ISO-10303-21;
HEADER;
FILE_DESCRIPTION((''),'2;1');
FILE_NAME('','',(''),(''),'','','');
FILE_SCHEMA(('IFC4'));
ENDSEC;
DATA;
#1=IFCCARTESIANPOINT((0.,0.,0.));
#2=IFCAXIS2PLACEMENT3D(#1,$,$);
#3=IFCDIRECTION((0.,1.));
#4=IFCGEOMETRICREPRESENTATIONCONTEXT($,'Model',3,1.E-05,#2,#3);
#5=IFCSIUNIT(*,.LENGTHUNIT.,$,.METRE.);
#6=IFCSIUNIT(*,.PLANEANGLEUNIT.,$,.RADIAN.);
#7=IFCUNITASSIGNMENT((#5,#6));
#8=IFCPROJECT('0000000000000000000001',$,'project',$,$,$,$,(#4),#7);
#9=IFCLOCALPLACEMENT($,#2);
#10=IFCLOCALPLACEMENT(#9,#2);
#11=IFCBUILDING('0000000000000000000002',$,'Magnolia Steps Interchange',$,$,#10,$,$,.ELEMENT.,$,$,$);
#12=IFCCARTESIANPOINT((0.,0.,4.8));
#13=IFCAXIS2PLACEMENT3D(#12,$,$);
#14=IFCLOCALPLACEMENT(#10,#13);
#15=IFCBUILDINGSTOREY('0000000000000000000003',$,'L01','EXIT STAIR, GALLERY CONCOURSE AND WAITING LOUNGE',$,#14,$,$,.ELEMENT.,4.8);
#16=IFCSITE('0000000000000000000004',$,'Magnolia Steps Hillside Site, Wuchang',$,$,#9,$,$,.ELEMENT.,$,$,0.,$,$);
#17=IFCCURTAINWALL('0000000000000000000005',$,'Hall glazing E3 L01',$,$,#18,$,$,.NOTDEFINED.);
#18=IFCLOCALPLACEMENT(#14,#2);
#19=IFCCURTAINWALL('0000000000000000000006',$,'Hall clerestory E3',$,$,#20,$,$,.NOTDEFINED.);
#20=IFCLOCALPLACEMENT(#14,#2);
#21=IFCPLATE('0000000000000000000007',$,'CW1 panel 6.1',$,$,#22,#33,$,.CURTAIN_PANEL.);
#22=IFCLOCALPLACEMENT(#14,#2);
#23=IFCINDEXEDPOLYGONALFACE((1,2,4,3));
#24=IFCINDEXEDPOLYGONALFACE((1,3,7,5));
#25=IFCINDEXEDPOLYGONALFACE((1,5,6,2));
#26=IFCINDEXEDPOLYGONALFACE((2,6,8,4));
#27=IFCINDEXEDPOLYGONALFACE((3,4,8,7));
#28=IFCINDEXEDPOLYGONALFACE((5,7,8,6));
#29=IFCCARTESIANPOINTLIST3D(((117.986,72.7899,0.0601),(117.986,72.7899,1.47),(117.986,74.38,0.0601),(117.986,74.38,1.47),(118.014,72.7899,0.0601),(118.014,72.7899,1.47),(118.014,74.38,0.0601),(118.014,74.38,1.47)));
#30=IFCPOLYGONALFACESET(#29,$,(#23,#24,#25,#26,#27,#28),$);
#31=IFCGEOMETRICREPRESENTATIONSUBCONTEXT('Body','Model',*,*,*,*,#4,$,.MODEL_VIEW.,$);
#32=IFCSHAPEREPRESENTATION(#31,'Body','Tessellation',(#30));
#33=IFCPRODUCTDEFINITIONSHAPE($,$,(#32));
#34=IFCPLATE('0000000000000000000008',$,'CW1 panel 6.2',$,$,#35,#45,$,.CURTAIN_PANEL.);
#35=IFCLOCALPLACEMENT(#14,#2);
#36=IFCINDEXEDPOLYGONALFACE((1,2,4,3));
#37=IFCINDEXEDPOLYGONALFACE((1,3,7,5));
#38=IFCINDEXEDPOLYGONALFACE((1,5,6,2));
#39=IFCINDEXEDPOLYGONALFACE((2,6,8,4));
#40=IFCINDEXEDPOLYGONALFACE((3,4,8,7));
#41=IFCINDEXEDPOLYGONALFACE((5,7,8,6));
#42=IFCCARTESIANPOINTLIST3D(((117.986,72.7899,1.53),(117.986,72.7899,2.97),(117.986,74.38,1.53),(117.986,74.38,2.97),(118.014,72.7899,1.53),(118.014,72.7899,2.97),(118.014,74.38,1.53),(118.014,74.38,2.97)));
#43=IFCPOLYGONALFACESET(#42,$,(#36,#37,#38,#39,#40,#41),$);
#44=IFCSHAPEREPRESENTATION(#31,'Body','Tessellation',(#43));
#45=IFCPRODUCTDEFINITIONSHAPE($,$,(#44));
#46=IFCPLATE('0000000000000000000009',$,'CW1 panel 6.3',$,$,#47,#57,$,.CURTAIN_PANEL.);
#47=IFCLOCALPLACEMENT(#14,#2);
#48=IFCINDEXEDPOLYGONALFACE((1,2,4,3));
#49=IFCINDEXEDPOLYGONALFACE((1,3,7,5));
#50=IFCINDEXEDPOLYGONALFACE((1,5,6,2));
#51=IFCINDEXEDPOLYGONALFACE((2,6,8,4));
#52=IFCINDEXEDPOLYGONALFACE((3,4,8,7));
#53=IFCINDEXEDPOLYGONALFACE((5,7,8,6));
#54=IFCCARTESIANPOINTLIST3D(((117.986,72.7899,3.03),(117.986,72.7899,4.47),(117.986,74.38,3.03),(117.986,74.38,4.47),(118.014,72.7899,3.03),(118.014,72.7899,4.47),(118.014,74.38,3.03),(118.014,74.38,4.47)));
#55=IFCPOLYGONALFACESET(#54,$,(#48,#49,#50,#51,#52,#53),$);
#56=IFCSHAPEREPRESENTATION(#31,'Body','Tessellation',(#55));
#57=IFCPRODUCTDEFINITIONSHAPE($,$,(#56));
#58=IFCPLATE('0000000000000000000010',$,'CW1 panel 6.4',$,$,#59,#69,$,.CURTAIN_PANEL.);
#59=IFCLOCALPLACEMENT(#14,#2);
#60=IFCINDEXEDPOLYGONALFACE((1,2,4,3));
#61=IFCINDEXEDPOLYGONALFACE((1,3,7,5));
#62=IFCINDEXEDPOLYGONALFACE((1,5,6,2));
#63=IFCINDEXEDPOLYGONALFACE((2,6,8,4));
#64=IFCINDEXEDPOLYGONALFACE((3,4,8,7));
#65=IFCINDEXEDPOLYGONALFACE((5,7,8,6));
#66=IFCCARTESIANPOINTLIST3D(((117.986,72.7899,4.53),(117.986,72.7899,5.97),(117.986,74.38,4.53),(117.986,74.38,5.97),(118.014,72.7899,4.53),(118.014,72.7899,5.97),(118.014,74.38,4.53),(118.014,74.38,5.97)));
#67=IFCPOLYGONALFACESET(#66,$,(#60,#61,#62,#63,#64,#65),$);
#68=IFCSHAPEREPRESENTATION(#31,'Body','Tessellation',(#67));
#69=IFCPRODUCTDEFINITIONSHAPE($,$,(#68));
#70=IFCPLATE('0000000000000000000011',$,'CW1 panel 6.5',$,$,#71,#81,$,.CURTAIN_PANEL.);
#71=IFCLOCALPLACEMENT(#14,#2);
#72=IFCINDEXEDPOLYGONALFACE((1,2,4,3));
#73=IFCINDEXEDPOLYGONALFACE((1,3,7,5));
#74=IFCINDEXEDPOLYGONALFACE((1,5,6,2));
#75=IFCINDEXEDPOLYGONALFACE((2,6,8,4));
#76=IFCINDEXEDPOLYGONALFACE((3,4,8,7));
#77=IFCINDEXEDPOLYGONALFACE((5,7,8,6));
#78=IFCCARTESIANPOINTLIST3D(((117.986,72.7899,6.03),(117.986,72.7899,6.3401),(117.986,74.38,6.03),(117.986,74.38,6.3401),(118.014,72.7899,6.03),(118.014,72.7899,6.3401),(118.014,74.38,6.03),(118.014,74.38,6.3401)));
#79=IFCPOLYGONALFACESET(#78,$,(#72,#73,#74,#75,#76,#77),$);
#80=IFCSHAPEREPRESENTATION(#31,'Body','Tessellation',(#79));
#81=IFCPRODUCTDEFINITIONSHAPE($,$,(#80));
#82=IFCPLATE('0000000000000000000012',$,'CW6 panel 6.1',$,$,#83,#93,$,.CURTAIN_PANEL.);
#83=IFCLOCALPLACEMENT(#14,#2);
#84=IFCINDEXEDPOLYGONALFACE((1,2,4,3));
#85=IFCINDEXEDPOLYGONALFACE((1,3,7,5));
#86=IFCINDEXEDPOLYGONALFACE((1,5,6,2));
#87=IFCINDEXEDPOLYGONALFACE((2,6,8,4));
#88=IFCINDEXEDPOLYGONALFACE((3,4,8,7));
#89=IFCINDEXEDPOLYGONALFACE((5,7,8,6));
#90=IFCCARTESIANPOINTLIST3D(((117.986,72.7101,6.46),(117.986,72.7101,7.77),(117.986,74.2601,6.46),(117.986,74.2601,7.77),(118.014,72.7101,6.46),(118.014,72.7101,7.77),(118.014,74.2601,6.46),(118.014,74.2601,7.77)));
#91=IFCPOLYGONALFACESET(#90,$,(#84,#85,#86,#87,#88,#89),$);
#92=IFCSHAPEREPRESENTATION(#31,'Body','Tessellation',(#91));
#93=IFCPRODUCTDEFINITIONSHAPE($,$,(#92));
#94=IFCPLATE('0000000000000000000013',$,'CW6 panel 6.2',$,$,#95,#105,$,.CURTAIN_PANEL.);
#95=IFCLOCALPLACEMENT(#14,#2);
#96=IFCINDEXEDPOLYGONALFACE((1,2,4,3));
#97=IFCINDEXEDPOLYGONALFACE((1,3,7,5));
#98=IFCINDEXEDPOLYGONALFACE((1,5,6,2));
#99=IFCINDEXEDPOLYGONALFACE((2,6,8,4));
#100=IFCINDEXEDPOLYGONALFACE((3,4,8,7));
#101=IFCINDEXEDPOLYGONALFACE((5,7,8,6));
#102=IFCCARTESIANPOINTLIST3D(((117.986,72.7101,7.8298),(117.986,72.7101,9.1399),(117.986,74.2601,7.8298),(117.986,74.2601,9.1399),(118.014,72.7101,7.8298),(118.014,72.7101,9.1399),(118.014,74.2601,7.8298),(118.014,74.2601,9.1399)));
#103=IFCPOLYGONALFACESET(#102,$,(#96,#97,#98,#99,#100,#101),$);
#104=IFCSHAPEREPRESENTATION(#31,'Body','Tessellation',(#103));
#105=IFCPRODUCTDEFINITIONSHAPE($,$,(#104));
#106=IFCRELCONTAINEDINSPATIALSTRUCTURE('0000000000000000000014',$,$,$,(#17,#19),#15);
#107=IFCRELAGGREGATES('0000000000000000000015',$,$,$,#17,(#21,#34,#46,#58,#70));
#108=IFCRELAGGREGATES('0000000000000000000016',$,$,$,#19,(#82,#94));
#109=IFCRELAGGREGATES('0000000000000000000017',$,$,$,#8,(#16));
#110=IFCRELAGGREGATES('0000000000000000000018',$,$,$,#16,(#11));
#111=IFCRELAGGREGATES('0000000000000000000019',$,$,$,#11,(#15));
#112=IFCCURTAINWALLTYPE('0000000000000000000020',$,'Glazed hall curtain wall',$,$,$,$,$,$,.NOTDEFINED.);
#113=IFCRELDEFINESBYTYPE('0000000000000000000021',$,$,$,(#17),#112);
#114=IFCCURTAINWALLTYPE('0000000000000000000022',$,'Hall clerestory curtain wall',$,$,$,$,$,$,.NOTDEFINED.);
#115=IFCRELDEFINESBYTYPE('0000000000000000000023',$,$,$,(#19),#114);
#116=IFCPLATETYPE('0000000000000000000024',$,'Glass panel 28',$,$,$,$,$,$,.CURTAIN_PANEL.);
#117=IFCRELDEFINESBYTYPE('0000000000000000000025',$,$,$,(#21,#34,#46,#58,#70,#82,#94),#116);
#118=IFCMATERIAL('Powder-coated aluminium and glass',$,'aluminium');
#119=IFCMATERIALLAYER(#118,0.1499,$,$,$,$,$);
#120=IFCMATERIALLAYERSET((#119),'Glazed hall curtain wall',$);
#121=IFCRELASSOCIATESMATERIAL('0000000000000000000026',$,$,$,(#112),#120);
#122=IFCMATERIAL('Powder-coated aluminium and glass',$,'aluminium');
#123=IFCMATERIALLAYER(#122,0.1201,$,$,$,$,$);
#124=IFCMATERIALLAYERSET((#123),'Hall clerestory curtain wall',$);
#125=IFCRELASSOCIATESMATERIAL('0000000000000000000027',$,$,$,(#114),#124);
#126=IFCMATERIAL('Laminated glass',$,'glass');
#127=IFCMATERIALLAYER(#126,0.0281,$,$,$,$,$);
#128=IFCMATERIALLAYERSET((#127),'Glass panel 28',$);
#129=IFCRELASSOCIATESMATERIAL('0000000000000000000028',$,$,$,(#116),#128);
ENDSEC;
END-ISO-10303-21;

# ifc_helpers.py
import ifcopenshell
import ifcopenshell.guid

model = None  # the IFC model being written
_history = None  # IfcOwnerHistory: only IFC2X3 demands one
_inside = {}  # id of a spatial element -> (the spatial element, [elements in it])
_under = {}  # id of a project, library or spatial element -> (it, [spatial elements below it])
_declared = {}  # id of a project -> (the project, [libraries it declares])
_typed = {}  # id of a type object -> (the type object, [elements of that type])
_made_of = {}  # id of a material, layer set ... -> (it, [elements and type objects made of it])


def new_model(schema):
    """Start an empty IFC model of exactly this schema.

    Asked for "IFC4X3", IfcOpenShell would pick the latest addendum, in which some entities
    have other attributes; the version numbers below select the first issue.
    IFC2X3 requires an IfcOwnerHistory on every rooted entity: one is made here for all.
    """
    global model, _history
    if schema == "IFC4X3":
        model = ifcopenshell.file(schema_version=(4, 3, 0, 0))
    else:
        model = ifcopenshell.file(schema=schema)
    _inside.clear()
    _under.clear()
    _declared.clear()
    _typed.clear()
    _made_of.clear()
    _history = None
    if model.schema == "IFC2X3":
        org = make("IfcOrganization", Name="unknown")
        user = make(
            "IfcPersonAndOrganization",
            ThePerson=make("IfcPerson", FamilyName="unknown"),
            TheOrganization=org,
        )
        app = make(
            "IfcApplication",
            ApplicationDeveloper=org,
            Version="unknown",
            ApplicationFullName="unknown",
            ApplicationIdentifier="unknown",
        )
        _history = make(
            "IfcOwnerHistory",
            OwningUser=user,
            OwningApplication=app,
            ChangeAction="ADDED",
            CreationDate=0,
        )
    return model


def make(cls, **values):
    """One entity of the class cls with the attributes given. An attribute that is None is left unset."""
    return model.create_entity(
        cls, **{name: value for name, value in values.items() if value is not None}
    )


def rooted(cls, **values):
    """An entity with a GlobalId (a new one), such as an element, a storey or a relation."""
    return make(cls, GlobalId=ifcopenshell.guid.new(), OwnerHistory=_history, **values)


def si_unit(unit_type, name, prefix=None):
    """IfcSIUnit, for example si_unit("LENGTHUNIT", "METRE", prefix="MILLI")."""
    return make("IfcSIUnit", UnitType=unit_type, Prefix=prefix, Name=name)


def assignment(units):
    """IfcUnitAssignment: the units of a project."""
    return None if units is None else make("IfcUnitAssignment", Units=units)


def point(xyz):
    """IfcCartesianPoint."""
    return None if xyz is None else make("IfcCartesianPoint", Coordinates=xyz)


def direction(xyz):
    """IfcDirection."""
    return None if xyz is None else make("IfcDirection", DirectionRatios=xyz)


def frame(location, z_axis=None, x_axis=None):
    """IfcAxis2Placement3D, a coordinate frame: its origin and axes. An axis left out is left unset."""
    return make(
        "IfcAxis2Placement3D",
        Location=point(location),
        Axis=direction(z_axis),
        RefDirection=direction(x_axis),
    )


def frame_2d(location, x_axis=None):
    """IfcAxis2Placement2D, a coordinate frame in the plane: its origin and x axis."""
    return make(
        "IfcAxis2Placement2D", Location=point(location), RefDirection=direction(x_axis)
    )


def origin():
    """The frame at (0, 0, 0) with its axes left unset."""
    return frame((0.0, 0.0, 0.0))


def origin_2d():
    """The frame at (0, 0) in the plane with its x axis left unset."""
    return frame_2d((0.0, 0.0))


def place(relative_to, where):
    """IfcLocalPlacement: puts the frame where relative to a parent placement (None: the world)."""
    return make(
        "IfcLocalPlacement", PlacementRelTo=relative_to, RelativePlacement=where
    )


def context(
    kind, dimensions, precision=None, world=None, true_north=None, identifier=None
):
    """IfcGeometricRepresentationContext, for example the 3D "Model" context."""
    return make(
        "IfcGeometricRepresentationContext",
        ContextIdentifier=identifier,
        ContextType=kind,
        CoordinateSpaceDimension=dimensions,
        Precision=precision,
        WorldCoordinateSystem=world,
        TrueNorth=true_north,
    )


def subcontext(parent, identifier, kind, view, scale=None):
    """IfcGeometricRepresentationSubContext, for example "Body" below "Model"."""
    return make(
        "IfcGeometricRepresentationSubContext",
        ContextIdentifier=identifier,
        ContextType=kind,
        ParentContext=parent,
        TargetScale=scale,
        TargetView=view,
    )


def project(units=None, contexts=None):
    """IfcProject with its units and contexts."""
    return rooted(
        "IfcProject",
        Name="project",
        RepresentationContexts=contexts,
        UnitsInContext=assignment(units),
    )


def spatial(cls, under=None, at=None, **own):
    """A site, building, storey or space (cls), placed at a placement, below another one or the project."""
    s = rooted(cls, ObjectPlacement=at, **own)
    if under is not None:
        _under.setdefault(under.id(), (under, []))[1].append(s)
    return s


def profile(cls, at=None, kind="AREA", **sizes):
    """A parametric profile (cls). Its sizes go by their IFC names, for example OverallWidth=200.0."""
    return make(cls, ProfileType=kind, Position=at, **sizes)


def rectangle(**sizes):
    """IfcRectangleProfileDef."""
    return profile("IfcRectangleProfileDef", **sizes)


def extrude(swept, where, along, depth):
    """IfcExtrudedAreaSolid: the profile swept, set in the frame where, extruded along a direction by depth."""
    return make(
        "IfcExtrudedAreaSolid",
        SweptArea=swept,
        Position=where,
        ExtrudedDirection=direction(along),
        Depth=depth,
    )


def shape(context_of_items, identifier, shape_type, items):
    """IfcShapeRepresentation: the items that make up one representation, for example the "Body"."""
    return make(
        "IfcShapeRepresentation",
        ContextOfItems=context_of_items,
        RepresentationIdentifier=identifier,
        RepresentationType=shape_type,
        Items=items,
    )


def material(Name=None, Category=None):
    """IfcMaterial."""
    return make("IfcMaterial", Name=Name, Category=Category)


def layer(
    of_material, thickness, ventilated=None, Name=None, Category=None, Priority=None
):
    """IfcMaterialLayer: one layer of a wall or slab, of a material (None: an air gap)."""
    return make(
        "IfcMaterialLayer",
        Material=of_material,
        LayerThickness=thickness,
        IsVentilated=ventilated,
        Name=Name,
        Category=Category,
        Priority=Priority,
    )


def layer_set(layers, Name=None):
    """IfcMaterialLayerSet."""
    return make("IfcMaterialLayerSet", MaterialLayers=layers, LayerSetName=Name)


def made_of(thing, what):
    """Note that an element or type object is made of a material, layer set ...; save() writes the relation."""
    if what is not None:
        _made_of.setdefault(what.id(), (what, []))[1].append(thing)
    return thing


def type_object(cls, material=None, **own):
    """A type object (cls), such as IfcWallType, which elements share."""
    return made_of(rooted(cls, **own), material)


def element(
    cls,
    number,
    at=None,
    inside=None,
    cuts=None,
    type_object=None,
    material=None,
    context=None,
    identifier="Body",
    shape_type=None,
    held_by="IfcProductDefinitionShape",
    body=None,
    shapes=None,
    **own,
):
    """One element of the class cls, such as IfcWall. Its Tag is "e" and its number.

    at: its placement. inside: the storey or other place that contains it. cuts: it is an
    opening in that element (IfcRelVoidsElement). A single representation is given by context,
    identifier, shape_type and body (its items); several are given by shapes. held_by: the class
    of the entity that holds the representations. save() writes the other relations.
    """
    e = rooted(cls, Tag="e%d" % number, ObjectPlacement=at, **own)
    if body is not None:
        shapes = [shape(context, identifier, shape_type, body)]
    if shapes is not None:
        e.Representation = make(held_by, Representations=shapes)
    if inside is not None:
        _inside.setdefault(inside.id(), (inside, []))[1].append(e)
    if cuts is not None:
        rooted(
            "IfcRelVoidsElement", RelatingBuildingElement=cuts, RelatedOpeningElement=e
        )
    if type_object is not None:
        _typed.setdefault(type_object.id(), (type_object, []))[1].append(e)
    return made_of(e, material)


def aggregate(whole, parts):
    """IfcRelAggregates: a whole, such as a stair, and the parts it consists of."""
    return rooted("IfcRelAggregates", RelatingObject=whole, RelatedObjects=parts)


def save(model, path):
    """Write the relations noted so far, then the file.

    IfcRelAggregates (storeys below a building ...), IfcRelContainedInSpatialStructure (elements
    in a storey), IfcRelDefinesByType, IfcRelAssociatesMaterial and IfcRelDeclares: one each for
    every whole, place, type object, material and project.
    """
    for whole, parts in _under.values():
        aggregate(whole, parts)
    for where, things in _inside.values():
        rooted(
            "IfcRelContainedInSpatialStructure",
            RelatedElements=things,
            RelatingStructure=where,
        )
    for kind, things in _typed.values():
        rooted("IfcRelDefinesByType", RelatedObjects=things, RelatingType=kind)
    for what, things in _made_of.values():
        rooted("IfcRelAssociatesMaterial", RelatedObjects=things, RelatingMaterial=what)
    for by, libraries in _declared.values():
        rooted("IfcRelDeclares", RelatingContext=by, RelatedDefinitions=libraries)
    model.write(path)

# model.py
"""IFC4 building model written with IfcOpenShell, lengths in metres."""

from ifc_helpers import new_model, si_unit, direction, frame, origin, origin_2d, place, context, subcontext, project, spatial, rectangle, extrude, material, layer, layer_set, type_object, element, aggregate, save


model = new_model("IFC4")

# Units and contexts
model_context = context("Model", 3, precision=1e-05, world=origin(), true_north=direction((0.0, 1.0)))
body_context = subcontext(model_context, "Body", "Model", "MODEL_VIEW")
ifc_project = project(units=[si_unit("LENGTHUNIT", "METRE"), si_unit("PLANEANGLEUNIT", "RADIAN")], contexts=[model_context])

# Site, building, storey
site_placement = place(None, origin())
site = spatial("IfcSite", under=ifc_project, at=site_placement, Name="Magnolia Steps Hillside Site, Wuchang", CompositionType="ELEMENT", RefElevation=0.0)
building_placement = place(site_placement, origin())
building = spatial("IfcBuilding", under=site, at=building_placement, Name="Magnolia Steps Interchange", CompositionType="ELEMENT")
storey_placement = place(building_placement, frame((0.0, 0.0, 4.8)))
storey = spatial("IfcBuildingStorey", under=building, at=storey_placement, Name="L01", Description="EXIT STAIR, GALLERY CONCOURSE AND WAITING LOUNGE", CompositionType="ELEMENT", Elevation=4.8)

# Curtain walls
ifc_material_1 = material(Name="Powder-coated aluminium and glass", Category="aluminium")
ifc_layer_1 = layer(ifc_material_1, 0.1499)
ifc_layer_set_1 = layer_set([ifc_layer_1], Name="Glazed hall curtain wall")
curtain_wall_type_1 = type_object("IfcCurtainWallType", Name="Glazed hall curtain wall", PredefinedType="NOTDEFINED", material=ifc_layer_set_1)
curtain_wall_1_placement = place(storey_placement, origin())
curtain_wall_1 = element("IfcCurtainWall", 1, at=curtain_wall_1_placement, inside=storey, type_object=curtain_wall_type_1, Name="Hall glazing E3 L01", PredefinedType="NOTDEFINED")
ifc_material_2 = material(Name="Powder-coated aluminium and glass", Category="aluminium")
ifc_layer_2 = layer(ifc_material_2, 0.1201)
ifc_layer_set_2 = layer_set([ifc_layer_2], Name="Hall clerestory curtain wall")
curtain_wall_type_2 = type_object("IfcCurtainWallType", Name="Hall clerestory curtain wall", PredefinedType="NOTDEFINED", material=ifc_layer_set_2)
curtain_wall_2_placement = place(storey_placement, origin())
curtain_wall_2 = element("IfcCurtainWall", 2, at=curtain_wall_2_placement, inside=storey, type_object=curtain_wall_type_2, Name="Hall clerestory E3", PredefinedType="NOTDEFINED")

# Plates
ifc_material_3 = material(Name="Laminated glass", Category="glass")
ifc_layer_3 = layer(ifc_material_3, 0.0281)
ifc_layer_set_3 = layer_set([ifc_layer_3], Name="Glass panel 28")
plate_type = type_object("IfcPlateType", Name="Glass panel 28", PredefinedType="CURTAIN_PANEL", material=ifc_layer_set_3)
plate_1_placement = place(storey_placement, frame((118.0, 73.585, 0.0601), z_axis=(0.0, 0.0, 1.0), x_axis=(0.0, 1.0, 0.0)))
plate_1 = element("IfcPlate", 3, at=plate_1_placement, type_object=plate_type, Name="CW1 panel 6.1", PredefinedType="CURTAIN_PANEL", context=body_context, shape_type="SweptSolid", body=[
    extrude(rectangle(XDim=1.5901, YDim=0.0281, at=origin_2d()), origin(), (0.0, 0.0, 1.0), 1.4099),
])
plate_2_placement = place(storey_placement, frame((118.0, 73.585, 1.53), z_axis=(0.0, 0.0, 1.0), x_axis=(0.0, 1.0, 0.0)))
plate_2 = element("IfcPlate", 4, at=plate_2_placement, type_object=plate_type, Name="CW1 panel 6.2", PredefinedType="CURTAIN_PANEL", context=body_context, shape_type="SweptSolid", body=[
    extrude(rectangle(XDim=1.5901, YDim=0.0281, at=origin_2d()), origin(), (0.0, 0.0, 1.0), 1.4399),
])
plate_3_placement = place(storey_placement, frame((118.0, 73.585, 3.03), z_axis=(0.0, 0.0, 1.0), x_axis=(0.0, 1.0, 0.0)))
plate_3 = element("IfcPlate", 5, at=plate_3_placement, type_object=plate_type, Name="CW1 panel 6.3", PredefinedType="CURTAIN_PANEL", context=body_context, shape_type="SweptSolid", body=[
    extrude(rectangle(XDim=1.5901, YDim=0.0281, at=origin_2d()), origin(), (0.0, 0.0, 1.0), 1.4399),
])
plate_4_placement = place(storey_placement, frame((118.0, 73.585, 4.53), z_axis=(0.0, 0.0, 1.0), x_axis=(0.0, 1.0, 0.0)))
plate_4 = element("IfcPlate", 6, at=plate_4_placement, type_object=plate_type, Name="CW1 panel 6.4", PredefinedType="CURTAIN_PANEL", context=body_context, shape_type="SweptSolid", body=[
    extrude(rectangle(XDim=1.5901, YDim=0.0281, at=origin_2d()), origin(), (0.0, 0.0, 1.0), 1.4399),
])
plate_5_placement = place(storey_placement, frame((118.0, 73.585, 6.03), z_axis=(0.0, 0.0, 1.0), x_axis=(0.0, 1.0, 0.0)))
plate_5 = element("IfcPlate", 7, at=plate_5_placement, type_object=plate_type, Name="CW1 panel 6.5", PredefinedType="CURTAIN_PANEL", context=body_context, shape_type="SweptSolid", body=[
    extrude(rectangle(XDim=1.5901, YDim=0.0281, at=origin_2d()), origin(), (0.0, 0.0, 1.0), 0.3101),
])
aggregate(curtain_wall_1, [plate_1, plate_2, plate_3, plate_4, plate_5])
plate_6_placement = place(storey_placement, frame((118.0, 73.4851, 6.46), z_axis=(0.0, 0.0, 1.0), x_axis=(0.0, 1.0, 0.0)))
plate_6 = element("IfcPlate", 8, at=plate_6_placement, type_object=plate_type, Name="CW6 panel 6.1", PredefinedType="CURTAIN_PANEL", context=body_context, shape_type="SweptSolid", body=[
    extrude(rectangle(XDim=1.55, YDim=0.0281, at=origin_2d()), origin(), (0.0, 0.0, 1.0), 1.3101),
])
plate_7_placement = place(storey_placement, frame((118.0, 73.4851, 7.8298), z_axis=(0.0, 0.0, 1.0), x_axis=(0.0, 1.0, 0.0)))
plate_7 = element("IfcPlate", 9, at=plate_7_placement, type_object=plate_type, Name="CW6 panel 6.2", PredefinedType="CURTAIN_PANEL", context=body_context, shape_type="SweptSolid", body=[
    extrude(rectangle(XDim=1.55, YDim=0.0281, at=origin_2d()), origin(), (0.0, 0.0, 1.0), 1.3101),
])
aggregate(curtain_wall_2, [plate_6, plate_7])

save(model, "model.ifc")
